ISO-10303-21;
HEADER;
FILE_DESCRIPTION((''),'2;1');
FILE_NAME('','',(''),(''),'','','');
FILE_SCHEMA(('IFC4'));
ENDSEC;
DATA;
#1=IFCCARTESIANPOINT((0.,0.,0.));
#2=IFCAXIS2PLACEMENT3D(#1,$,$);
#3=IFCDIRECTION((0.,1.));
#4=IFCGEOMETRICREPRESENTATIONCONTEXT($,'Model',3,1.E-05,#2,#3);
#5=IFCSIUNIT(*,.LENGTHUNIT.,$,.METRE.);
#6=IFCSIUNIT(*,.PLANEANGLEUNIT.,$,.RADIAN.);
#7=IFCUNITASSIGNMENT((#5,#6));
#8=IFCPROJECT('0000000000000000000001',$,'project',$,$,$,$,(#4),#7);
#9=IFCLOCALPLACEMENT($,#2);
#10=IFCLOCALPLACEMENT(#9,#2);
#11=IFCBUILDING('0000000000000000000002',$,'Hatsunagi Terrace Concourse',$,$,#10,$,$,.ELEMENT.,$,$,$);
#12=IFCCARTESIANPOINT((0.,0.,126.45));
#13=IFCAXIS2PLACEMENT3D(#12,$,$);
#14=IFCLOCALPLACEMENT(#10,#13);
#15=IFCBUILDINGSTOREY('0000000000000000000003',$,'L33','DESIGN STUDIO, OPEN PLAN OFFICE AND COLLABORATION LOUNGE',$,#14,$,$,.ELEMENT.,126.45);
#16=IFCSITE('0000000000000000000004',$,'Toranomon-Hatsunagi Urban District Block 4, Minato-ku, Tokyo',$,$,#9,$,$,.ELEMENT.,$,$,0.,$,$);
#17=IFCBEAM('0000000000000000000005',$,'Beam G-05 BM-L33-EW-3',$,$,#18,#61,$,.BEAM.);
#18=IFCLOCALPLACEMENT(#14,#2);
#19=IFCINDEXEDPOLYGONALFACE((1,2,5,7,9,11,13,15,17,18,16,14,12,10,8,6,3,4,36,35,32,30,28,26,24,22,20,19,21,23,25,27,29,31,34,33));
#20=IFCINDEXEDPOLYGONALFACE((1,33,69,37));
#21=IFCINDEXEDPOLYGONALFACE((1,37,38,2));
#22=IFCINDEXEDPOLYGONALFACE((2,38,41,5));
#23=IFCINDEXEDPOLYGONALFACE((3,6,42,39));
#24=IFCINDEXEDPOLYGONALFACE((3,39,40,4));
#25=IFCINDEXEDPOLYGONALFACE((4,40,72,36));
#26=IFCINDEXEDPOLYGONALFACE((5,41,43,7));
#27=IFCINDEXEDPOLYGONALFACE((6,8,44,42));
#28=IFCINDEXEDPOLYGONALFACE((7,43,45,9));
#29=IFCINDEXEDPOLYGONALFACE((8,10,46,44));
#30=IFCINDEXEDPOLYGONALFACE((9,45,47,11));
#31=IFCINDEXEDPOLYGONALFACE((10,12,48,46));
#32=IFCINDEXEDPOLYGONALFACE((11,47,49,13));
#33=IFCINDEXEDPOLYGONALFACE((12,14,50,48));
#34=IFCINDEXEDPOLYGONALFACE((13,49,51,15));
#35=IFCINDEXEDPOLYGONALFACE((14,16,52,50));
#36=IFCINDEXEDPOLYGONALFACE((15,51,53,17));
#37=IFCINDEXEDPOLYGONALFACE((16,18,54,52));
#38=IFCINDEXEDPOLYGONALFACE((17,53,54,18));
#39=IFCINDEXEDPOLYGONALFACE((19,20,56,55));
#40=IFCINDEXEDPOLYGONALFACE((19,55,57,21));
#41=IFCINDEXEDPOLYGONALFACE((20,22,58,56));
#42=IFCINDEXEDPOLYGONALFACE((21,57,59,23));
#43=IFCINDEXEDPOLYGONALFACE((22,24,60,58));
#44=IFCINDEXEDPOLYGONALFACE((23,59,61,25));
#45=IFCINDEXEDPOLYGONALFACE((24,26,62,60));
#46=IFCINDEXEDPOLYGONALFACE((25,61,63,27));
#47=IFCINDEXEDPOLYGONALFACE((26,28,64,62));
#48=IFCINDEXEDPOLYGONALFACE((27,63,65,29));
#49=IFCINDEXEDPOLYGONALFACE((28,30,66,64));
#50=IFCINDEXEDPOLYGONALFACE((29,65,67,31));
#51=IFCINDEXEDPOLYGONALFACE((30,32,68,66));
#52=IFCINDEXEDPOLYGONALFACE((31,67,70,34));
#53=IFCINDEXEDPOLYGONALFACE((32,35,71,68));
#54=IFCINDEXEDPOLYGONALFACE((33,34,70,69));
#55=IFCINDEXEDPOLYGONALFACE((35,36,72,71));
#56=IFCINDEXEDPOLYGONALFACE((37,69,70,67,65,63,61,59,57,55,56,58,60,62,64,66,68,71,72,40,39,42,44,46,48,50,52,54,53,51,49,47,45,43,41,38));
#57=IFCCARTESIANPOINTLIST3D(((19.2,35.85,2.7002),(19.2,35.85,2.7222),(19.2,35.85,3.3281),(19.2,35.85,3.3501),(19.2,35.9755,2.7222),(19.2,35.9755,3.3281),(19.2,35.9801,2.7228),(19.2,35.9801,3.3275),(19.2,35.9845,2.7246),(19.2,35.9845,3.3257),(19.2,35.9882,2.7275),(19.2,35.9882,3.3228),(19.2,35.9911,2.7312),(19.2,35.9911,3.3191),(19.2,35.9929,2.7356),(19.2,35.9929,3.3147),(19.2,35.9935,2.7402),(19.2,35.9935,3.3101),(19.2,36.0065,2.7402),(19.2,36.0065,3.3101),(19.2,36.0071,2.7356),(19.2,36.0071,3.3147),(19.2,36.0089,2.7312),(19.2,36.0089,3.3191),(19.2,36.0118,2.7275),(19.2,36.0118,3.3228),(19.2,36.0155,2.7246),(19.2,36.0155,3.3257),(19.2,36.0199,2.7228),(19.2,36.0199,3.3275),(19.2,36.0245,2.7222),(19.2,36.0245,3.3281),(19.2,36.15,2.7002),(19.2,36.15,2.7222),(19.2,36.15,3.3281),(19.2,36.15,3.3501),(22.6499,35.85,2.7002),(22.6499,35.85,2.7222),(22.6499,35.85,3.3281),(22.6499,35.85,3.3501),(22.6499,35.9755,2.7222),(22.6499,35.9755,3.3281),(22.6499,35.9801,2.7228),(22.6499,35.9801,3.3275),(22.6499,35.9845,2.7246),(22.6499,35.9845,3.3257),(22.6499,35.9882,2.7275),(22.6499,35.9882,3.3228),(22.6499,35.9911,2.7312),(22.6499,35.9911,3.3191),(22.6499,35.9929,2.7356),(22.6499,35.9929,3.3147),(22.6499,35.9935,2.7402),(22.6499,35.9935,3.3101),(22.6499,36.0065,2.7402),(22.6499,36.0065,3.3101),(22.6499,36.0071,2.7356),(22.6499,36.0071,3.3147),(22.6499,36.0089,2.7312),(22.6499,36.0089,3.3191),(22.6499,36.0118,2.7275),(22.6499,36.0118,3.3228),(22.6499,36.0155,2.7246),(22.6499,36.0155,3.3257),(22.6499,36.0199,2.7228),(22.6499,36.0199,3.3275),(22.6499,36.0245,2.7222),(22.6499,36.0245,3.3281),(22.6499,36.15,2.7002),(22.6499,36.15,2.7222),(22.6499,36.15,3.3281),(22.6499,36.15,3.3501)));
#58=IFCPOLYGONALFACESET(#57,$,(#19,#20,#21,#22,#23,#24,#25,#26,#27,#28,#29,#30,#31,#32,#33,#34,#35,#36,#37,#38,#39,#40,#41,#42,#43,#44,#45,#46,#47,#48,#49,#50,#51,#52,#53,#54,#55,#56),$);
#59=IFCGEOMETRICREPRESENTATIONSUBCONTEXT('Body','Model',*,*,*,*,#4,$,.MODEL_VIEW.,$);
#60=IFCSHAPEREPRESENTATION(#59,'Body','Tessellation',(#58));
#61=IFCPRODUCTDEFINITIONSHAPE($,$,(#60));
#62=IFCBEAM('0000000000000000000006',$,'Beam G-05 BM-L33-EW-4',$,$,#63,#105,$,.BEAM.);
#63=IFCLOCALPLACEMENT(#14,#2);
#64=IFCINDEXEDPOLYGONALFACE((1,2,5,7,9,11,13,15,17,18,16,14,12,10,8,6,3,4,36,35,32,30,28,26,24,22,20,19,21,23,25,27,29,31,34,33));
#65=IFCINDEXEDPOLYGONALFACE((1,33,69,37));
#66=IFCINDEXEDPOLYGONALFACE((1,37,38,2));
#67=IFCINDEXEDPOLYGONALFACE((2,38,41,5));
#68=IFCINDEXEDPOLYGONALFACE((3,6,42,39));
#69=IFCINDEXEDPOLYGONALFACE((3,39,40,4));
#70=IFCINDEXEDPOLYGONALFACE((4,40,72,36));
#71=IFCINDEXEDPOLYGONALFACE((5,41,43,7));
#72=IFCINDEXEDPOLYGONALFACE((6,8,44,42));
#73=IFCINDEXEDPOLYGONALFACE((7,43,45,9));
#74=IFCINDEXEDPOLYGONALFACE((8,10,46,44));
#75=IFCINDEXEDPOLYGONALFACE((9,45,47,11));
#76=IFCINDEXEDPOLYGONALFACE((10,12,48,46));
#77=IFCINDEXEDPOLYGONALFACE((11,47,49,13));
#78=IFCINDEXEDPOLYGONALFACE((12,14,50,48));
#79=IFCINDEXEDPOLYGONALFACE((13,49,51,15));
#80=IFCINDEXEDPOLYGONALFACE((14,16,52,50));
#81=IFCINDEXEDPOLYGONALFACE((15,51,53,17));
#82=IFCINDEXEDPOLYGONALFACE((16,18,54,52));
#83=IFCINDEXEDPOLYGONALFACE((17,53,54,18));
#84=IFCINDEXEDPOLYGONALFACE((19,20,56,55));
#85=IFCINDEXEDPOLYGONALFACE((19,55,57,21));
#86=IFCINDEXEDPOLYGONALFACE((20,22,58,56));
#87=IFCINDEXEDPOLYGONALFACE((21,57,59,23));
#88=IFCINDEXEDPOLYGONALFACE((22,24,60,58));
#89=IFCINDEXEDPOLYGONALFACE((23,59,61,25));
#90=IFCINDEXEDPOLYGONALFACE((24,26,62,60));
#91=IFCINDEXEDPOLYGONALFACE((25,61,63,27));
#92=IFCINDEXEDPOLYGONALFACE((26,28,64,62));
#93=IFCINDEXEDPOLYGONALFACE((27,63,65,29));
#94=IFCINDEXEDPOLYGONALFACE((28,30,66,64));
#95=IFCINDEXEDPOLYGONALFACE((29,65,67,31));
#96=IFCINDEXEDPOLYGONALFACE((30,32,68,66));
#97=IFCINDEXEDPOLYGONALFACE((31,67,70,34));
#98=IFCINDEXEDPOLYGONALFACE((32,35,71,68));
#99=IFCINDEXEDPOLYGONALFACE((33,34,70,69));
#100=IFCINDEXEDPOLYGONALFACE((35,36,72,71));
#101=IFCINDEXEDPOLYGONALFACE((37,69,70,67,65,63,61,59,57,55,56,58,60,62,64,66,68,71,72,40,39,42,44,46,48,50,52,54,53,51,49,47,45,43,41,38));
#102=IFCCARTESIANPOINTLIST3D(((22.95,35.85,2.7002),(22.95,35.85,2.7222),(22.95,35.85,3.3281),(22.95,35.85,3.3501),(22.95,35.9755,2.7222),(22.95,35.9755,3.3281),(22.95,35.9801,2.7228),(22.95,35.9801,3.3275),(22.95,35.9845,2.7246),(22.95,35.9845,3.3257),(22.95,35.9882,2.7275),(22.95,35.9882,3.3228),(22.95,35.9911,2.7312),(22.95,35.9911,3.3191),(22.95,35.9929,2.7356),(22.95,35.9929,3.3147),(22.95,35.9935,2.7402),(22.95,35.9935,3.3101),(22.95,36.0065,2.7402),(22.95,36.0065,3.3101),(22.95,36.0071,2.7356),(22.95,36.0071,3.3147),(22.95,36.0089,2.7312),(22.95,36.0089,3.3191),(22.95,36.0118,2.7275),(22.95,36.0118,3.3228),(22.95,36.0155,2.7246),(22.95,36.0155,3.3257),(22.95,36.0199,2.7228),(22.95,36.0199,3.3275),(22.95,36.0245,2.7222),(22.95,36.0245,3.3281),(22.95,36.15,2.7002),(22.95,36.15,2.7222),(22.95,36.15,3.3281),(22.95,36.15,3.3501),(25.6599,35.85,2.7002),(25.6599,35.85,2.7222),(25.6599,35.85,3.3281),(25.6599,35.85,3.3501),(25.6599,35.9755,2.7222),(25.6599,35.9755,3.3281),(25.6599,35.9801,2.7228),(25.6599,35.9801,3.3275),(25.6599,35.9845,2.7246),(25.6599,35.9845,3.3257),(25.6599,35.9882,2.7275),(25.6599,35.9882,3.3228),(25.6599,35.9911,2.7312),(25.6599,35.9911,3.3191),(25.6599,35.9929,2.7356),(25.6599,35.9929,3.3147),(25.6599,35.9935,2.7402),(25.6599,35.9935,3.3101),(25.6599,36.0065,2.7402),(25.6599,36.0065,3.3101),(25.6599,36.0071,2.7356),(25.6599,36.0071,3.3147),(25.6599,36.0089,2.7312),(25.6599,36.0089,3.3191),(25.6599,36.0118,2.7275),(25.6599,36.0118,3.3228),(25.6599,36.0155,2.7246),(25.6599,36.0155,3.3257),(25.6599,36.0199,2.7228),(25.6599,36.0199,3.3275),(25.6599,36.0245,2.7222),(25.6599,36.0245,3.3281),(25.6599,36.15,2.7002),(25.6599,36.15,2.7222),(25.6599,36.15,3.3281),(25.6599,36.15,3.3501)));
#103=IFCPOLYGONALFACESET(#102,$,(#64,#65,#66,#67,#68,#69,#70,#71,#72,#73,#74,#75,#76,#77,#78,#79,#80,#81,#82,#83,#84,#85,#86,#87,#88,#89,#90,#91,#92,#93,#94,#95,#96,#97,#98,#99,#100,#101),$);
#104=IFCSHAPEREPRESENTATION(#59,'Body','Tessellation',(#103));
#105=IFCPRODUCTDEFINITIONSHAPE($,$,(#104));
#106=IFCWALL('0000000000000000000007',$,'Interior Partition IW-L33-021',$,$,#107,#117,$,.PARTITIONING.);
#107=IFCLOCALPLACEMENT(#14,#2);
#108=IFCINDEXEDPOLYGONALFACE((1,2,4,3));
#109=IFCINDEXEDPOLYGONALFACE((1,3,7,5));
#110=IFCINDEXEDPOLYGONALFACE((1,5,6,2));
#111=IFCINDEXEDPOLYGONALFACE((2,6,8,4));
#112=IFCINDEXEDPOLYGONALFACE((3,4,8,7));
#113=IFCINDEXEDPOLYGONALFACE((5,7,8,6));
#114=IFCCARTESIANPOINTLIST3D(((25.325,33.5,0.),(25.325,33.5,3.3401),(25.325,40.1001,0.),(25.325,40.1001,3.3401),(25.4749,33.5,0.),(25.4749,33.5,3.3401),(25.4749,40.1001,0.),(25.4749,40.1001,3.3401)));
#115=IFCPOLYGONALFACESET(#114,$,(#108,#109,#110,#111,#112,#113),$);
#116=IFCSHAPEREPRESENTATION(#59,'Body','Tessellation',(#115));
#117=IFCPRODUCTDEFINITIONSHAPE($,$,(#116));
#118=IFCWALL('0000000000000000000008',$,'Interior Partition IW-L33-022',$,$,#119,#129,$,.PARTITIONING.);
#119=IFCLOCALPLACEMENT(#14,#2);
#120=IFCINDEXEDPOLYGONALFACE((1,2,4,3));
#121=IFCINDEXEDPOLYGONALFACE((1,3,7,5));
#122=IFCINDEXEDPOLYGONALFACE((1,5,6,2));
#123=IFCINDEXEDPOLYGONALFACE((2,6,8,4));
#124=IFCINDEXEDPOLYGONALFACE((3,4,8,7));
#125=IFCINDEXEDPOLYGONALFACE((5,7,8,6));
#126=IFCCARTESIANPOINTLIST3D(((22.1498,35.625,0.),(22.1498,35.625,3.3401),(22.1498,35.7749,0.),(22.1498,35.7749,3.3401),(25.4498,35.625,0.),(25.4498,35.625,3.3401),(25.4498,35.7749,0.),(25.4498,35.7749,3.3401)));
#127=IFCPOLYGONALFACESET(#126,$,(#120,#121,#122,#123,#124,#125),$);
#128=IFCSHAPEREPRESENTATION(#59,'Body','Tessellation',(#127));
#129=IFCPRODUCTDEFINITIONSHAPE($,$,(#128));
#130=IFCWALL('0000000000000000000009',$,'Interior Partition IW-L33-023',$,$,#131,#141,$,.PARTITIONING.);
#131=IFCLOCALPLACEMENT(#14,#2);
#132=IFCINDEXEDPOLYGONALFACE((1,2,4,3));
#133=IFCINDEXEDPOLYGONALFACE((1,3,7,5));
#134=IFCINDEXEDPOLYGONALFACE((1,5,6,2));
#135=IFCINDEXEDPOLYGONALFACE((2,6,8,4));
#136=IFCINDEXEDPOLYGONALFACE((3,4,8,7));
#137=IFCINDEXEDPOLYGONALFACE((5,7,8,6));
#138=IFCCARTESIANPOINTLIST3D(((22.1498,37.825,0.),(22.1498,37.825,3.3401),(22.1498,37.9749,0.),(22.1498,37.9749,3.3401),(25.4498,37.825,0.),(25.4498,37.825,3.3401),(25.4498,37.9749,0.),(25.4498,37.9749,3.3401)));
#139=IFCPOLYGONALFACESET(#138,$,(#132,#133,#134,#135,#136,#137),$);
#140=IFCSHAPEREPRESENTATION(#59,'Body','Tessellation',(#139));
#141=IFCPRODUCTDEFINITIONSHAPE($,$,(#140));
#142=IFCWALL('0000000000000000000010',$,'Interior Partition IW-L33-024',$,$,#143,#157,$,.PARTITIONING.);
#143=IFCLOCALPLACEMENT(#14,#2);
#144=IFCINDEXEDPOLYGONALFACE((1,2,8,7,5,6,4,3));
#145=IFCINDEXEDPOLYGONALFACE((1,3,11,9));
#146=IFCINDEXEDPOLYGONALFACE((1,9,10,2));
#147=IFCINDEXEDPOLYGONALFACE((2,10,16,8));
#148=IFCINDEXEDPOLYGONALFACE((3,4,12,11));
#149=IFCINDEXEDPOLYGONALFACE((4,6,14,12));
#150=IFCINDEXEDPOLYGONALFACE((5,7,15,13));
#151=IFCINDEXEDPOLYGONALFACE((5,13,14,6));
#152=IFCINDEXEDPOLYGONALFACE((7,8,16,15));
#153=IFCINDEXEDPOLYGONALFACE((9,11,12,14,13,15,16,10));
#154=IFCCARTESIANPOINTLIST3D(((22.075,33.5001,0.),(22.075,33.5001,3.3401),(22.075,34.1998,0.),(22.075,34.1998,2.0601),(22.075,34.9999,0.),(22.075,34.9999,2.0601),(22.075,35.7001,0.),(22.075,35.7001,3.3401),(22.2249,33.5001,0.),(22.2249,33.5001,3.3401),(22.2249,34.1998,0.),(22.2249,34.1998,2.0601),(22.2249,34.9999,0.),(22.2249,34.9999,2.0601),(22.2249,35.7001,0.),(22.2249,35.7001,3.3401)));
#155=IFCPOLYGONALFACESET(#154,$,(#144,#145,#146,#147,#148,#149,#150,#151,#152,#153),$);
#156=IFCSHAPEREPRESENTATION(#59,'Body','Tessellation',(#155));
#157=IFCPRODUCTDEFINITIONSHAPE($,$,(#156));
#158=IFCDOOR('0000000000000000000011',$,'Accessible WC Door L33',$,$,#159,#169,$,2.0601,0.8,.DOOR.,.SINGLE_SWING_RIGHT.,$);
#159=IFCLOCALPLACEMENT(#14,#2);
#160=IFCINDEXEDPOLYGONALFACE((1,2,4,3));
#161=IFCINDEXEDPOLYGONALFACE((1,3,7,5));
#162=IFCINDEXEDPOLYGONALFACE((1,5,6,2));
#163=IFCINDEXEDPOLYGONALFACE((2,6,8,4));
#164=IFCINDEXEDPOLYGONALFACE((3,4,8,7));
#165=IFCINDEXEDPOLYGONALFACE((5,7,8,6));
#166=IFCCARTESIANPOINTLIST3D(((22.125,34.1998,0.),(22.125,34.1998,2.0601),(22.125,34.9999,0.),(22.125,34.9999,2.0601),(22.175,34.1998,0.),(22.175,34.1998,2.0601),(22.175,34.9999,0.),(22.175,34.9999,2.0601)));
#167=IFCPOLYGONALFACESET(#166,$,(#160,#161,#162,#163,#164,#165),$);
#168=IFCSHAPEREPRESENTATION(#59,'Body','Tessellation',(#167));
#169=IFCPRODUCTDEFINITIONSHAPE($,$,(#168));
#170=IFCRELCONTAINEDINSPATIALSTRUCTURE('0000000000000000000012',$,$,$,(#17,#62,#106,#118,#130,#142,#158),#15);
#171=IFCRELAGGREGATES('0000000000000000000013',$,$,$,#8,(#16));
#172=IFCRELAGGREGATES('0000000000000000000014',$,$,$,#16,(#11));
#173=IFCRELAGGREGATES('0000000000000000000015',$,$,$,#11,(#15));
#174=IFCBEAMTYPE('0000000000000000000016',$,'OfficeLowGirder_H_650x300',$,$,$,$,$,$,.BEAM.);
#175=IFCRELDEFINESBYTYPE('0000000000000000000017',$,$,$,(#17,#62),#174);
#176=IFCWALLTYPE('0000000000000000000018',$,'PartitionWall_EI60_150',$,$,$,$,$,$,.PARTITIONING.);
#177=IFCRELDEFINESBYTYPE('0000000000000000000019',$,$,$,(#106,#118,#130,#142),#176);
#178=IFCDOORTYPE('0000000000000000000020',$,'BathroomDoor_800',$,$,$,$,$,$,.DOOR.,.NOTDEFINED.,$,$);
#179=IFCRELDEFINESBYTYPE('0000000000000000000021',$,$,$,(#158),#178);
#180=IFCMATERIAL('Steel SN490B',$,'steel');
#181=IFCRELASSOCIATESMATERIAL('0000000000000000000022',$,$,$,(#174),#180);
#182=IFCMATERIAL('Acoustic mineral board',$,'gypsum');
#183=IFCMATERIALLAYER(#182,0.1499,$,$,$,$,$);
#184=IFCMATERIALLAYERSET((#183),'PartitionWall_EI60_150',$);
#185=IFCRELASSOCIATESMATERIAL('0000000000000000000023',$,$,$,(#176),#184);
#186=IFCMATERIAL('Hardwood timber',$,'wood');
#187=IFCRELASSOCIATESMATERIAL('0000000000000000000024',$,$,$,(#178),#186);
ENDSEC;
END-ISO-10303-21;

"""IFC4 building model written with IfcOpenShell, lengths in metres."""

from ifc_helpers import new_model, si_unit, direction, frame, frame_2d, origin, origin_2d, place, context, subcontext, project, spatial, rectangle, i_section, extrude, material, layer, layer_set, material_profile, profile_set, type_object, element, fill, save


model = new_model("IFC4")

# Units and contexts
model_context = context("Model", 3, precision=1e-05, world=origin(), true_north=direction((0.0, 1.0)))
body_context = subcontext(model_context, "Body", "Model", "MODEL_VIEW")
ifc_project = project(units=[si_unit("LENGTHUNIT", "METRE"), si_unit("PLANEANGLEUNIT", "RADIAN")], contexts=[model_context])

# Site, building, storey
site_placement = place(None, origin())
site = spatial("IfcSite", under=ifc_project, at=site_placement, Name="Toranomon-Hatsunagi Urban District Block 4, Minato-ku, Tokyo", CompositionType="ELEMENT", RefElevation=0.0)
building_placement = place(site_placement, origin())
building = spatial("IfcBuilding", under=site, at=building_placement, Name="Hatsunagi Terrace Concourse", CompositionType="ELEMENT")
storey_placement = place(building_placement, frame((0.0, 0.0, 126.45)))
storey = spatial("IfcBuildingStorey", under=building, at=storey_placement, Name="L33", Description="DESIGN STUDIO, OPEN PLAN OFFICE AND COLLABORATION LOUNGE", CompositionType="ELEMENT", Elevation=126.45)

# Beams
ifc_material_1 = material(Name="Steel SN490B", Category="steel")
ifc_material_profile_1 = material_profile(ifc_material_1, i_section(OverallWidth=0.3, OverallDepth=0.6499, WebThickness=0.0129, FlangeThickness=0.022, FilletRadius=0.0181, at=origin_2d()), Name="H-650x300x13x22")
ifc_profile_set_1 = profile_set([ifc_material_profile_1], Name="Steel SN490B")
beam_type_1 = type_object("IfcBeamType", Name="OfficeLowGirder_H_650x300", PredefinedType="BEAM", material=ifc_profile_set_1)
beam_1_placement = place(storey_placement, frame((19.2, 36.0, 3.0251), z_axis=(1.0, 0.0, 0.0), x_axis=(0.0, 1.0, 0.0)))
element("IfcBeam", 1, at=beam_1_placement, inside=storey, type_object=beam_type_1, Name="Beam G-05 BM-L33-EW-3", PredefinedType="BEAM", context=body_context, shape_type="SweptSolid", body=[
    extrude(i_section(OverallWidth=0.3, OverallDepth=0.6499, WebThickness=0.0129, FlangeThickness=0.022, FilletRadius=0.0181, at=origin_2d()), origin(), (0.0, 0.0, 1.0), 3.45),
])
beam_2_placement = place(storey_placement, frame((22.95, 36.0, 3.0251), z_axis=(1.0, 0.0, 0.0), x_axis=(0.0, 1.0, 0.0)))
element("IfcBeam", 2, at=beam_2_placement, inside=storey, type_object=beam_type_1, Name="Beam G-05 BM-L33-EW-4", PredefinedType="BEAM", context=body_context, shape_type="SweptSolid", body=[
    extrude(i_section(OverallWidth=0.3, OverallDepth=0.6499, WebThickness=0.0129, FlangeThickness=0.022, FilletRadius=0.0181, at=origin_2d()), origin(), (0.0, 0.0, 1.0), 2.71),
])

# Walls
ifc_material_2 = material(Name="Acoustic mineral board", Category="gypsum")
ifc_layer_1 = layer(ifc_material_2, 0.1499)
ifc_layer_set_1 = layer_set([ifc_layer_1], Name="PartitionWall_EI60_150")
wall_type = type_object("IfcWallType", Name="PartitionWall_EI60_150", PredefinedType="PARTITIONING", material=ifc_layer_set_1)
wall_1_placement = place(storey_placement, frame((25.3999, 33.5, 0.0), z_axis=(0.0, 0.0, 1.0), x_axis=(0.0, 1.0, 0.0)))
element("IfcWall", 3, at=wall_1_placement, inside=storey, type_object=wall_type, Name="Interior Partition IW-L33-021", PredefinedType="PARTITIONING", context=body_context, shape_type="SweptSolid", body=[
    extrude(rectangle(XDim=6.6001, YDim=0.1499, at=frame_2d((3.3, 0.0))), origin(), (0.0, 0.0, 1.0), 3.3401),
])
for number, where, z_axis, x_axis, name in (
    (4, (22.1499, 35.7, 0.0), (0.0, 0.0, 1.0), (1.0, 0.0, 0.0), "Interior Partition IW-L33-022"),
    (5, (22.1499, 37.8999, 0.0), (0.0, 0.0, 1.0), (1.0, 0.0, 0.0), "Interior Partition IW-L33-023"),
):
    element("IfcWall", number, at=place(storey_placement, frame(where, z_axis=z_axis, x_axis=x_axis)), inside=storey, type_object=wall_type, Name=name, PredefinedType="PARTITIONING", context=body_context, shape_type="SweptSolid", body=[
        extrude(rectangle(XDim=3.3, YDim=0.1499, at=frame_2d((1.6499, 0.0))), origin(), (0.0, 0.0, 1.0), 3.3401),
    ])

# Wall, opening, door
wall_2_placement = place(storey_placement, frame((22.1499, 33.5, 0.0), z_axis=(0.0, 0.0, 1.0), x_axis=(0.0, 1.0, 0.0)))
wall_2 = element("IfcWall", 6, at=wall_2_placement, inside=storey, type_object=wall_type, Name="Interior Partition IW-L33-024", PredefinedType="PARTITIONING", context=body_context, shape_type="SweptSolid", body=[
    extrude(rectangle(XDim=2.2, YDim=0.1499, at=frame_2d((1.1001, 0.0))), origin(), (0.0, 0.0, 1.0), 3.3401),
])
opening_1_placement = place(wall_2_placement, frame((0.7, 0.0, 0.0)))
opening_1 = element("IfcOpeningElement", 7, at=opening_1_placement, cuts=wall_2, PredefinedType="OPENING", context=body_context, shape_type="SweptSolid", body=[
    extrude(rectangle(XDim=0.8, YDim=2.0601, at=frame_2d((0.3999, 1.03))), frame((0.0, 0.085, 0.0), z_axis=(0.0, -1.0, 0.0), x_axis=(1.0, 0.0, 0.0)), (0.0, 0.0, 1.0), 0.1699),
])
ifc_material_3 = material(Name="Hardwood timber", Category="wood")
door_type = type_object("IfcDoorType", Name="BathroomDoor_800", OperationType="NOTDEFINED", PredefinedType="DOOR", material=ifc_material_3)
door_1_placement = place(opening_1_placement, origin())
door_1 = element("IfcDoor", 8, at=door_1_placement, inside=storey, type_object=door_type, Name="Accessible WC Door L33", OperationType="SINGLE_SWING_RIGHT", OverallHeight=2.0601, OverallWidth=0.8, PredefinedType="DOOR", context=body_context, shape_type="SweptSolid", body=[
    extrude(rectangle(XDim=0.8, YDim=2.0601, at=frame_2d((0.3999, 1.03))), frame((0.0, 0.0249, 0.0), z_axis=(0.0, -1.0, 0.0), x_axis=(1.0, 0.0, 0.0)), (0.0, 0.0, 1.0), 0.05),
])
fill(opening_1, door_1)

save(model, "model.ifc")
